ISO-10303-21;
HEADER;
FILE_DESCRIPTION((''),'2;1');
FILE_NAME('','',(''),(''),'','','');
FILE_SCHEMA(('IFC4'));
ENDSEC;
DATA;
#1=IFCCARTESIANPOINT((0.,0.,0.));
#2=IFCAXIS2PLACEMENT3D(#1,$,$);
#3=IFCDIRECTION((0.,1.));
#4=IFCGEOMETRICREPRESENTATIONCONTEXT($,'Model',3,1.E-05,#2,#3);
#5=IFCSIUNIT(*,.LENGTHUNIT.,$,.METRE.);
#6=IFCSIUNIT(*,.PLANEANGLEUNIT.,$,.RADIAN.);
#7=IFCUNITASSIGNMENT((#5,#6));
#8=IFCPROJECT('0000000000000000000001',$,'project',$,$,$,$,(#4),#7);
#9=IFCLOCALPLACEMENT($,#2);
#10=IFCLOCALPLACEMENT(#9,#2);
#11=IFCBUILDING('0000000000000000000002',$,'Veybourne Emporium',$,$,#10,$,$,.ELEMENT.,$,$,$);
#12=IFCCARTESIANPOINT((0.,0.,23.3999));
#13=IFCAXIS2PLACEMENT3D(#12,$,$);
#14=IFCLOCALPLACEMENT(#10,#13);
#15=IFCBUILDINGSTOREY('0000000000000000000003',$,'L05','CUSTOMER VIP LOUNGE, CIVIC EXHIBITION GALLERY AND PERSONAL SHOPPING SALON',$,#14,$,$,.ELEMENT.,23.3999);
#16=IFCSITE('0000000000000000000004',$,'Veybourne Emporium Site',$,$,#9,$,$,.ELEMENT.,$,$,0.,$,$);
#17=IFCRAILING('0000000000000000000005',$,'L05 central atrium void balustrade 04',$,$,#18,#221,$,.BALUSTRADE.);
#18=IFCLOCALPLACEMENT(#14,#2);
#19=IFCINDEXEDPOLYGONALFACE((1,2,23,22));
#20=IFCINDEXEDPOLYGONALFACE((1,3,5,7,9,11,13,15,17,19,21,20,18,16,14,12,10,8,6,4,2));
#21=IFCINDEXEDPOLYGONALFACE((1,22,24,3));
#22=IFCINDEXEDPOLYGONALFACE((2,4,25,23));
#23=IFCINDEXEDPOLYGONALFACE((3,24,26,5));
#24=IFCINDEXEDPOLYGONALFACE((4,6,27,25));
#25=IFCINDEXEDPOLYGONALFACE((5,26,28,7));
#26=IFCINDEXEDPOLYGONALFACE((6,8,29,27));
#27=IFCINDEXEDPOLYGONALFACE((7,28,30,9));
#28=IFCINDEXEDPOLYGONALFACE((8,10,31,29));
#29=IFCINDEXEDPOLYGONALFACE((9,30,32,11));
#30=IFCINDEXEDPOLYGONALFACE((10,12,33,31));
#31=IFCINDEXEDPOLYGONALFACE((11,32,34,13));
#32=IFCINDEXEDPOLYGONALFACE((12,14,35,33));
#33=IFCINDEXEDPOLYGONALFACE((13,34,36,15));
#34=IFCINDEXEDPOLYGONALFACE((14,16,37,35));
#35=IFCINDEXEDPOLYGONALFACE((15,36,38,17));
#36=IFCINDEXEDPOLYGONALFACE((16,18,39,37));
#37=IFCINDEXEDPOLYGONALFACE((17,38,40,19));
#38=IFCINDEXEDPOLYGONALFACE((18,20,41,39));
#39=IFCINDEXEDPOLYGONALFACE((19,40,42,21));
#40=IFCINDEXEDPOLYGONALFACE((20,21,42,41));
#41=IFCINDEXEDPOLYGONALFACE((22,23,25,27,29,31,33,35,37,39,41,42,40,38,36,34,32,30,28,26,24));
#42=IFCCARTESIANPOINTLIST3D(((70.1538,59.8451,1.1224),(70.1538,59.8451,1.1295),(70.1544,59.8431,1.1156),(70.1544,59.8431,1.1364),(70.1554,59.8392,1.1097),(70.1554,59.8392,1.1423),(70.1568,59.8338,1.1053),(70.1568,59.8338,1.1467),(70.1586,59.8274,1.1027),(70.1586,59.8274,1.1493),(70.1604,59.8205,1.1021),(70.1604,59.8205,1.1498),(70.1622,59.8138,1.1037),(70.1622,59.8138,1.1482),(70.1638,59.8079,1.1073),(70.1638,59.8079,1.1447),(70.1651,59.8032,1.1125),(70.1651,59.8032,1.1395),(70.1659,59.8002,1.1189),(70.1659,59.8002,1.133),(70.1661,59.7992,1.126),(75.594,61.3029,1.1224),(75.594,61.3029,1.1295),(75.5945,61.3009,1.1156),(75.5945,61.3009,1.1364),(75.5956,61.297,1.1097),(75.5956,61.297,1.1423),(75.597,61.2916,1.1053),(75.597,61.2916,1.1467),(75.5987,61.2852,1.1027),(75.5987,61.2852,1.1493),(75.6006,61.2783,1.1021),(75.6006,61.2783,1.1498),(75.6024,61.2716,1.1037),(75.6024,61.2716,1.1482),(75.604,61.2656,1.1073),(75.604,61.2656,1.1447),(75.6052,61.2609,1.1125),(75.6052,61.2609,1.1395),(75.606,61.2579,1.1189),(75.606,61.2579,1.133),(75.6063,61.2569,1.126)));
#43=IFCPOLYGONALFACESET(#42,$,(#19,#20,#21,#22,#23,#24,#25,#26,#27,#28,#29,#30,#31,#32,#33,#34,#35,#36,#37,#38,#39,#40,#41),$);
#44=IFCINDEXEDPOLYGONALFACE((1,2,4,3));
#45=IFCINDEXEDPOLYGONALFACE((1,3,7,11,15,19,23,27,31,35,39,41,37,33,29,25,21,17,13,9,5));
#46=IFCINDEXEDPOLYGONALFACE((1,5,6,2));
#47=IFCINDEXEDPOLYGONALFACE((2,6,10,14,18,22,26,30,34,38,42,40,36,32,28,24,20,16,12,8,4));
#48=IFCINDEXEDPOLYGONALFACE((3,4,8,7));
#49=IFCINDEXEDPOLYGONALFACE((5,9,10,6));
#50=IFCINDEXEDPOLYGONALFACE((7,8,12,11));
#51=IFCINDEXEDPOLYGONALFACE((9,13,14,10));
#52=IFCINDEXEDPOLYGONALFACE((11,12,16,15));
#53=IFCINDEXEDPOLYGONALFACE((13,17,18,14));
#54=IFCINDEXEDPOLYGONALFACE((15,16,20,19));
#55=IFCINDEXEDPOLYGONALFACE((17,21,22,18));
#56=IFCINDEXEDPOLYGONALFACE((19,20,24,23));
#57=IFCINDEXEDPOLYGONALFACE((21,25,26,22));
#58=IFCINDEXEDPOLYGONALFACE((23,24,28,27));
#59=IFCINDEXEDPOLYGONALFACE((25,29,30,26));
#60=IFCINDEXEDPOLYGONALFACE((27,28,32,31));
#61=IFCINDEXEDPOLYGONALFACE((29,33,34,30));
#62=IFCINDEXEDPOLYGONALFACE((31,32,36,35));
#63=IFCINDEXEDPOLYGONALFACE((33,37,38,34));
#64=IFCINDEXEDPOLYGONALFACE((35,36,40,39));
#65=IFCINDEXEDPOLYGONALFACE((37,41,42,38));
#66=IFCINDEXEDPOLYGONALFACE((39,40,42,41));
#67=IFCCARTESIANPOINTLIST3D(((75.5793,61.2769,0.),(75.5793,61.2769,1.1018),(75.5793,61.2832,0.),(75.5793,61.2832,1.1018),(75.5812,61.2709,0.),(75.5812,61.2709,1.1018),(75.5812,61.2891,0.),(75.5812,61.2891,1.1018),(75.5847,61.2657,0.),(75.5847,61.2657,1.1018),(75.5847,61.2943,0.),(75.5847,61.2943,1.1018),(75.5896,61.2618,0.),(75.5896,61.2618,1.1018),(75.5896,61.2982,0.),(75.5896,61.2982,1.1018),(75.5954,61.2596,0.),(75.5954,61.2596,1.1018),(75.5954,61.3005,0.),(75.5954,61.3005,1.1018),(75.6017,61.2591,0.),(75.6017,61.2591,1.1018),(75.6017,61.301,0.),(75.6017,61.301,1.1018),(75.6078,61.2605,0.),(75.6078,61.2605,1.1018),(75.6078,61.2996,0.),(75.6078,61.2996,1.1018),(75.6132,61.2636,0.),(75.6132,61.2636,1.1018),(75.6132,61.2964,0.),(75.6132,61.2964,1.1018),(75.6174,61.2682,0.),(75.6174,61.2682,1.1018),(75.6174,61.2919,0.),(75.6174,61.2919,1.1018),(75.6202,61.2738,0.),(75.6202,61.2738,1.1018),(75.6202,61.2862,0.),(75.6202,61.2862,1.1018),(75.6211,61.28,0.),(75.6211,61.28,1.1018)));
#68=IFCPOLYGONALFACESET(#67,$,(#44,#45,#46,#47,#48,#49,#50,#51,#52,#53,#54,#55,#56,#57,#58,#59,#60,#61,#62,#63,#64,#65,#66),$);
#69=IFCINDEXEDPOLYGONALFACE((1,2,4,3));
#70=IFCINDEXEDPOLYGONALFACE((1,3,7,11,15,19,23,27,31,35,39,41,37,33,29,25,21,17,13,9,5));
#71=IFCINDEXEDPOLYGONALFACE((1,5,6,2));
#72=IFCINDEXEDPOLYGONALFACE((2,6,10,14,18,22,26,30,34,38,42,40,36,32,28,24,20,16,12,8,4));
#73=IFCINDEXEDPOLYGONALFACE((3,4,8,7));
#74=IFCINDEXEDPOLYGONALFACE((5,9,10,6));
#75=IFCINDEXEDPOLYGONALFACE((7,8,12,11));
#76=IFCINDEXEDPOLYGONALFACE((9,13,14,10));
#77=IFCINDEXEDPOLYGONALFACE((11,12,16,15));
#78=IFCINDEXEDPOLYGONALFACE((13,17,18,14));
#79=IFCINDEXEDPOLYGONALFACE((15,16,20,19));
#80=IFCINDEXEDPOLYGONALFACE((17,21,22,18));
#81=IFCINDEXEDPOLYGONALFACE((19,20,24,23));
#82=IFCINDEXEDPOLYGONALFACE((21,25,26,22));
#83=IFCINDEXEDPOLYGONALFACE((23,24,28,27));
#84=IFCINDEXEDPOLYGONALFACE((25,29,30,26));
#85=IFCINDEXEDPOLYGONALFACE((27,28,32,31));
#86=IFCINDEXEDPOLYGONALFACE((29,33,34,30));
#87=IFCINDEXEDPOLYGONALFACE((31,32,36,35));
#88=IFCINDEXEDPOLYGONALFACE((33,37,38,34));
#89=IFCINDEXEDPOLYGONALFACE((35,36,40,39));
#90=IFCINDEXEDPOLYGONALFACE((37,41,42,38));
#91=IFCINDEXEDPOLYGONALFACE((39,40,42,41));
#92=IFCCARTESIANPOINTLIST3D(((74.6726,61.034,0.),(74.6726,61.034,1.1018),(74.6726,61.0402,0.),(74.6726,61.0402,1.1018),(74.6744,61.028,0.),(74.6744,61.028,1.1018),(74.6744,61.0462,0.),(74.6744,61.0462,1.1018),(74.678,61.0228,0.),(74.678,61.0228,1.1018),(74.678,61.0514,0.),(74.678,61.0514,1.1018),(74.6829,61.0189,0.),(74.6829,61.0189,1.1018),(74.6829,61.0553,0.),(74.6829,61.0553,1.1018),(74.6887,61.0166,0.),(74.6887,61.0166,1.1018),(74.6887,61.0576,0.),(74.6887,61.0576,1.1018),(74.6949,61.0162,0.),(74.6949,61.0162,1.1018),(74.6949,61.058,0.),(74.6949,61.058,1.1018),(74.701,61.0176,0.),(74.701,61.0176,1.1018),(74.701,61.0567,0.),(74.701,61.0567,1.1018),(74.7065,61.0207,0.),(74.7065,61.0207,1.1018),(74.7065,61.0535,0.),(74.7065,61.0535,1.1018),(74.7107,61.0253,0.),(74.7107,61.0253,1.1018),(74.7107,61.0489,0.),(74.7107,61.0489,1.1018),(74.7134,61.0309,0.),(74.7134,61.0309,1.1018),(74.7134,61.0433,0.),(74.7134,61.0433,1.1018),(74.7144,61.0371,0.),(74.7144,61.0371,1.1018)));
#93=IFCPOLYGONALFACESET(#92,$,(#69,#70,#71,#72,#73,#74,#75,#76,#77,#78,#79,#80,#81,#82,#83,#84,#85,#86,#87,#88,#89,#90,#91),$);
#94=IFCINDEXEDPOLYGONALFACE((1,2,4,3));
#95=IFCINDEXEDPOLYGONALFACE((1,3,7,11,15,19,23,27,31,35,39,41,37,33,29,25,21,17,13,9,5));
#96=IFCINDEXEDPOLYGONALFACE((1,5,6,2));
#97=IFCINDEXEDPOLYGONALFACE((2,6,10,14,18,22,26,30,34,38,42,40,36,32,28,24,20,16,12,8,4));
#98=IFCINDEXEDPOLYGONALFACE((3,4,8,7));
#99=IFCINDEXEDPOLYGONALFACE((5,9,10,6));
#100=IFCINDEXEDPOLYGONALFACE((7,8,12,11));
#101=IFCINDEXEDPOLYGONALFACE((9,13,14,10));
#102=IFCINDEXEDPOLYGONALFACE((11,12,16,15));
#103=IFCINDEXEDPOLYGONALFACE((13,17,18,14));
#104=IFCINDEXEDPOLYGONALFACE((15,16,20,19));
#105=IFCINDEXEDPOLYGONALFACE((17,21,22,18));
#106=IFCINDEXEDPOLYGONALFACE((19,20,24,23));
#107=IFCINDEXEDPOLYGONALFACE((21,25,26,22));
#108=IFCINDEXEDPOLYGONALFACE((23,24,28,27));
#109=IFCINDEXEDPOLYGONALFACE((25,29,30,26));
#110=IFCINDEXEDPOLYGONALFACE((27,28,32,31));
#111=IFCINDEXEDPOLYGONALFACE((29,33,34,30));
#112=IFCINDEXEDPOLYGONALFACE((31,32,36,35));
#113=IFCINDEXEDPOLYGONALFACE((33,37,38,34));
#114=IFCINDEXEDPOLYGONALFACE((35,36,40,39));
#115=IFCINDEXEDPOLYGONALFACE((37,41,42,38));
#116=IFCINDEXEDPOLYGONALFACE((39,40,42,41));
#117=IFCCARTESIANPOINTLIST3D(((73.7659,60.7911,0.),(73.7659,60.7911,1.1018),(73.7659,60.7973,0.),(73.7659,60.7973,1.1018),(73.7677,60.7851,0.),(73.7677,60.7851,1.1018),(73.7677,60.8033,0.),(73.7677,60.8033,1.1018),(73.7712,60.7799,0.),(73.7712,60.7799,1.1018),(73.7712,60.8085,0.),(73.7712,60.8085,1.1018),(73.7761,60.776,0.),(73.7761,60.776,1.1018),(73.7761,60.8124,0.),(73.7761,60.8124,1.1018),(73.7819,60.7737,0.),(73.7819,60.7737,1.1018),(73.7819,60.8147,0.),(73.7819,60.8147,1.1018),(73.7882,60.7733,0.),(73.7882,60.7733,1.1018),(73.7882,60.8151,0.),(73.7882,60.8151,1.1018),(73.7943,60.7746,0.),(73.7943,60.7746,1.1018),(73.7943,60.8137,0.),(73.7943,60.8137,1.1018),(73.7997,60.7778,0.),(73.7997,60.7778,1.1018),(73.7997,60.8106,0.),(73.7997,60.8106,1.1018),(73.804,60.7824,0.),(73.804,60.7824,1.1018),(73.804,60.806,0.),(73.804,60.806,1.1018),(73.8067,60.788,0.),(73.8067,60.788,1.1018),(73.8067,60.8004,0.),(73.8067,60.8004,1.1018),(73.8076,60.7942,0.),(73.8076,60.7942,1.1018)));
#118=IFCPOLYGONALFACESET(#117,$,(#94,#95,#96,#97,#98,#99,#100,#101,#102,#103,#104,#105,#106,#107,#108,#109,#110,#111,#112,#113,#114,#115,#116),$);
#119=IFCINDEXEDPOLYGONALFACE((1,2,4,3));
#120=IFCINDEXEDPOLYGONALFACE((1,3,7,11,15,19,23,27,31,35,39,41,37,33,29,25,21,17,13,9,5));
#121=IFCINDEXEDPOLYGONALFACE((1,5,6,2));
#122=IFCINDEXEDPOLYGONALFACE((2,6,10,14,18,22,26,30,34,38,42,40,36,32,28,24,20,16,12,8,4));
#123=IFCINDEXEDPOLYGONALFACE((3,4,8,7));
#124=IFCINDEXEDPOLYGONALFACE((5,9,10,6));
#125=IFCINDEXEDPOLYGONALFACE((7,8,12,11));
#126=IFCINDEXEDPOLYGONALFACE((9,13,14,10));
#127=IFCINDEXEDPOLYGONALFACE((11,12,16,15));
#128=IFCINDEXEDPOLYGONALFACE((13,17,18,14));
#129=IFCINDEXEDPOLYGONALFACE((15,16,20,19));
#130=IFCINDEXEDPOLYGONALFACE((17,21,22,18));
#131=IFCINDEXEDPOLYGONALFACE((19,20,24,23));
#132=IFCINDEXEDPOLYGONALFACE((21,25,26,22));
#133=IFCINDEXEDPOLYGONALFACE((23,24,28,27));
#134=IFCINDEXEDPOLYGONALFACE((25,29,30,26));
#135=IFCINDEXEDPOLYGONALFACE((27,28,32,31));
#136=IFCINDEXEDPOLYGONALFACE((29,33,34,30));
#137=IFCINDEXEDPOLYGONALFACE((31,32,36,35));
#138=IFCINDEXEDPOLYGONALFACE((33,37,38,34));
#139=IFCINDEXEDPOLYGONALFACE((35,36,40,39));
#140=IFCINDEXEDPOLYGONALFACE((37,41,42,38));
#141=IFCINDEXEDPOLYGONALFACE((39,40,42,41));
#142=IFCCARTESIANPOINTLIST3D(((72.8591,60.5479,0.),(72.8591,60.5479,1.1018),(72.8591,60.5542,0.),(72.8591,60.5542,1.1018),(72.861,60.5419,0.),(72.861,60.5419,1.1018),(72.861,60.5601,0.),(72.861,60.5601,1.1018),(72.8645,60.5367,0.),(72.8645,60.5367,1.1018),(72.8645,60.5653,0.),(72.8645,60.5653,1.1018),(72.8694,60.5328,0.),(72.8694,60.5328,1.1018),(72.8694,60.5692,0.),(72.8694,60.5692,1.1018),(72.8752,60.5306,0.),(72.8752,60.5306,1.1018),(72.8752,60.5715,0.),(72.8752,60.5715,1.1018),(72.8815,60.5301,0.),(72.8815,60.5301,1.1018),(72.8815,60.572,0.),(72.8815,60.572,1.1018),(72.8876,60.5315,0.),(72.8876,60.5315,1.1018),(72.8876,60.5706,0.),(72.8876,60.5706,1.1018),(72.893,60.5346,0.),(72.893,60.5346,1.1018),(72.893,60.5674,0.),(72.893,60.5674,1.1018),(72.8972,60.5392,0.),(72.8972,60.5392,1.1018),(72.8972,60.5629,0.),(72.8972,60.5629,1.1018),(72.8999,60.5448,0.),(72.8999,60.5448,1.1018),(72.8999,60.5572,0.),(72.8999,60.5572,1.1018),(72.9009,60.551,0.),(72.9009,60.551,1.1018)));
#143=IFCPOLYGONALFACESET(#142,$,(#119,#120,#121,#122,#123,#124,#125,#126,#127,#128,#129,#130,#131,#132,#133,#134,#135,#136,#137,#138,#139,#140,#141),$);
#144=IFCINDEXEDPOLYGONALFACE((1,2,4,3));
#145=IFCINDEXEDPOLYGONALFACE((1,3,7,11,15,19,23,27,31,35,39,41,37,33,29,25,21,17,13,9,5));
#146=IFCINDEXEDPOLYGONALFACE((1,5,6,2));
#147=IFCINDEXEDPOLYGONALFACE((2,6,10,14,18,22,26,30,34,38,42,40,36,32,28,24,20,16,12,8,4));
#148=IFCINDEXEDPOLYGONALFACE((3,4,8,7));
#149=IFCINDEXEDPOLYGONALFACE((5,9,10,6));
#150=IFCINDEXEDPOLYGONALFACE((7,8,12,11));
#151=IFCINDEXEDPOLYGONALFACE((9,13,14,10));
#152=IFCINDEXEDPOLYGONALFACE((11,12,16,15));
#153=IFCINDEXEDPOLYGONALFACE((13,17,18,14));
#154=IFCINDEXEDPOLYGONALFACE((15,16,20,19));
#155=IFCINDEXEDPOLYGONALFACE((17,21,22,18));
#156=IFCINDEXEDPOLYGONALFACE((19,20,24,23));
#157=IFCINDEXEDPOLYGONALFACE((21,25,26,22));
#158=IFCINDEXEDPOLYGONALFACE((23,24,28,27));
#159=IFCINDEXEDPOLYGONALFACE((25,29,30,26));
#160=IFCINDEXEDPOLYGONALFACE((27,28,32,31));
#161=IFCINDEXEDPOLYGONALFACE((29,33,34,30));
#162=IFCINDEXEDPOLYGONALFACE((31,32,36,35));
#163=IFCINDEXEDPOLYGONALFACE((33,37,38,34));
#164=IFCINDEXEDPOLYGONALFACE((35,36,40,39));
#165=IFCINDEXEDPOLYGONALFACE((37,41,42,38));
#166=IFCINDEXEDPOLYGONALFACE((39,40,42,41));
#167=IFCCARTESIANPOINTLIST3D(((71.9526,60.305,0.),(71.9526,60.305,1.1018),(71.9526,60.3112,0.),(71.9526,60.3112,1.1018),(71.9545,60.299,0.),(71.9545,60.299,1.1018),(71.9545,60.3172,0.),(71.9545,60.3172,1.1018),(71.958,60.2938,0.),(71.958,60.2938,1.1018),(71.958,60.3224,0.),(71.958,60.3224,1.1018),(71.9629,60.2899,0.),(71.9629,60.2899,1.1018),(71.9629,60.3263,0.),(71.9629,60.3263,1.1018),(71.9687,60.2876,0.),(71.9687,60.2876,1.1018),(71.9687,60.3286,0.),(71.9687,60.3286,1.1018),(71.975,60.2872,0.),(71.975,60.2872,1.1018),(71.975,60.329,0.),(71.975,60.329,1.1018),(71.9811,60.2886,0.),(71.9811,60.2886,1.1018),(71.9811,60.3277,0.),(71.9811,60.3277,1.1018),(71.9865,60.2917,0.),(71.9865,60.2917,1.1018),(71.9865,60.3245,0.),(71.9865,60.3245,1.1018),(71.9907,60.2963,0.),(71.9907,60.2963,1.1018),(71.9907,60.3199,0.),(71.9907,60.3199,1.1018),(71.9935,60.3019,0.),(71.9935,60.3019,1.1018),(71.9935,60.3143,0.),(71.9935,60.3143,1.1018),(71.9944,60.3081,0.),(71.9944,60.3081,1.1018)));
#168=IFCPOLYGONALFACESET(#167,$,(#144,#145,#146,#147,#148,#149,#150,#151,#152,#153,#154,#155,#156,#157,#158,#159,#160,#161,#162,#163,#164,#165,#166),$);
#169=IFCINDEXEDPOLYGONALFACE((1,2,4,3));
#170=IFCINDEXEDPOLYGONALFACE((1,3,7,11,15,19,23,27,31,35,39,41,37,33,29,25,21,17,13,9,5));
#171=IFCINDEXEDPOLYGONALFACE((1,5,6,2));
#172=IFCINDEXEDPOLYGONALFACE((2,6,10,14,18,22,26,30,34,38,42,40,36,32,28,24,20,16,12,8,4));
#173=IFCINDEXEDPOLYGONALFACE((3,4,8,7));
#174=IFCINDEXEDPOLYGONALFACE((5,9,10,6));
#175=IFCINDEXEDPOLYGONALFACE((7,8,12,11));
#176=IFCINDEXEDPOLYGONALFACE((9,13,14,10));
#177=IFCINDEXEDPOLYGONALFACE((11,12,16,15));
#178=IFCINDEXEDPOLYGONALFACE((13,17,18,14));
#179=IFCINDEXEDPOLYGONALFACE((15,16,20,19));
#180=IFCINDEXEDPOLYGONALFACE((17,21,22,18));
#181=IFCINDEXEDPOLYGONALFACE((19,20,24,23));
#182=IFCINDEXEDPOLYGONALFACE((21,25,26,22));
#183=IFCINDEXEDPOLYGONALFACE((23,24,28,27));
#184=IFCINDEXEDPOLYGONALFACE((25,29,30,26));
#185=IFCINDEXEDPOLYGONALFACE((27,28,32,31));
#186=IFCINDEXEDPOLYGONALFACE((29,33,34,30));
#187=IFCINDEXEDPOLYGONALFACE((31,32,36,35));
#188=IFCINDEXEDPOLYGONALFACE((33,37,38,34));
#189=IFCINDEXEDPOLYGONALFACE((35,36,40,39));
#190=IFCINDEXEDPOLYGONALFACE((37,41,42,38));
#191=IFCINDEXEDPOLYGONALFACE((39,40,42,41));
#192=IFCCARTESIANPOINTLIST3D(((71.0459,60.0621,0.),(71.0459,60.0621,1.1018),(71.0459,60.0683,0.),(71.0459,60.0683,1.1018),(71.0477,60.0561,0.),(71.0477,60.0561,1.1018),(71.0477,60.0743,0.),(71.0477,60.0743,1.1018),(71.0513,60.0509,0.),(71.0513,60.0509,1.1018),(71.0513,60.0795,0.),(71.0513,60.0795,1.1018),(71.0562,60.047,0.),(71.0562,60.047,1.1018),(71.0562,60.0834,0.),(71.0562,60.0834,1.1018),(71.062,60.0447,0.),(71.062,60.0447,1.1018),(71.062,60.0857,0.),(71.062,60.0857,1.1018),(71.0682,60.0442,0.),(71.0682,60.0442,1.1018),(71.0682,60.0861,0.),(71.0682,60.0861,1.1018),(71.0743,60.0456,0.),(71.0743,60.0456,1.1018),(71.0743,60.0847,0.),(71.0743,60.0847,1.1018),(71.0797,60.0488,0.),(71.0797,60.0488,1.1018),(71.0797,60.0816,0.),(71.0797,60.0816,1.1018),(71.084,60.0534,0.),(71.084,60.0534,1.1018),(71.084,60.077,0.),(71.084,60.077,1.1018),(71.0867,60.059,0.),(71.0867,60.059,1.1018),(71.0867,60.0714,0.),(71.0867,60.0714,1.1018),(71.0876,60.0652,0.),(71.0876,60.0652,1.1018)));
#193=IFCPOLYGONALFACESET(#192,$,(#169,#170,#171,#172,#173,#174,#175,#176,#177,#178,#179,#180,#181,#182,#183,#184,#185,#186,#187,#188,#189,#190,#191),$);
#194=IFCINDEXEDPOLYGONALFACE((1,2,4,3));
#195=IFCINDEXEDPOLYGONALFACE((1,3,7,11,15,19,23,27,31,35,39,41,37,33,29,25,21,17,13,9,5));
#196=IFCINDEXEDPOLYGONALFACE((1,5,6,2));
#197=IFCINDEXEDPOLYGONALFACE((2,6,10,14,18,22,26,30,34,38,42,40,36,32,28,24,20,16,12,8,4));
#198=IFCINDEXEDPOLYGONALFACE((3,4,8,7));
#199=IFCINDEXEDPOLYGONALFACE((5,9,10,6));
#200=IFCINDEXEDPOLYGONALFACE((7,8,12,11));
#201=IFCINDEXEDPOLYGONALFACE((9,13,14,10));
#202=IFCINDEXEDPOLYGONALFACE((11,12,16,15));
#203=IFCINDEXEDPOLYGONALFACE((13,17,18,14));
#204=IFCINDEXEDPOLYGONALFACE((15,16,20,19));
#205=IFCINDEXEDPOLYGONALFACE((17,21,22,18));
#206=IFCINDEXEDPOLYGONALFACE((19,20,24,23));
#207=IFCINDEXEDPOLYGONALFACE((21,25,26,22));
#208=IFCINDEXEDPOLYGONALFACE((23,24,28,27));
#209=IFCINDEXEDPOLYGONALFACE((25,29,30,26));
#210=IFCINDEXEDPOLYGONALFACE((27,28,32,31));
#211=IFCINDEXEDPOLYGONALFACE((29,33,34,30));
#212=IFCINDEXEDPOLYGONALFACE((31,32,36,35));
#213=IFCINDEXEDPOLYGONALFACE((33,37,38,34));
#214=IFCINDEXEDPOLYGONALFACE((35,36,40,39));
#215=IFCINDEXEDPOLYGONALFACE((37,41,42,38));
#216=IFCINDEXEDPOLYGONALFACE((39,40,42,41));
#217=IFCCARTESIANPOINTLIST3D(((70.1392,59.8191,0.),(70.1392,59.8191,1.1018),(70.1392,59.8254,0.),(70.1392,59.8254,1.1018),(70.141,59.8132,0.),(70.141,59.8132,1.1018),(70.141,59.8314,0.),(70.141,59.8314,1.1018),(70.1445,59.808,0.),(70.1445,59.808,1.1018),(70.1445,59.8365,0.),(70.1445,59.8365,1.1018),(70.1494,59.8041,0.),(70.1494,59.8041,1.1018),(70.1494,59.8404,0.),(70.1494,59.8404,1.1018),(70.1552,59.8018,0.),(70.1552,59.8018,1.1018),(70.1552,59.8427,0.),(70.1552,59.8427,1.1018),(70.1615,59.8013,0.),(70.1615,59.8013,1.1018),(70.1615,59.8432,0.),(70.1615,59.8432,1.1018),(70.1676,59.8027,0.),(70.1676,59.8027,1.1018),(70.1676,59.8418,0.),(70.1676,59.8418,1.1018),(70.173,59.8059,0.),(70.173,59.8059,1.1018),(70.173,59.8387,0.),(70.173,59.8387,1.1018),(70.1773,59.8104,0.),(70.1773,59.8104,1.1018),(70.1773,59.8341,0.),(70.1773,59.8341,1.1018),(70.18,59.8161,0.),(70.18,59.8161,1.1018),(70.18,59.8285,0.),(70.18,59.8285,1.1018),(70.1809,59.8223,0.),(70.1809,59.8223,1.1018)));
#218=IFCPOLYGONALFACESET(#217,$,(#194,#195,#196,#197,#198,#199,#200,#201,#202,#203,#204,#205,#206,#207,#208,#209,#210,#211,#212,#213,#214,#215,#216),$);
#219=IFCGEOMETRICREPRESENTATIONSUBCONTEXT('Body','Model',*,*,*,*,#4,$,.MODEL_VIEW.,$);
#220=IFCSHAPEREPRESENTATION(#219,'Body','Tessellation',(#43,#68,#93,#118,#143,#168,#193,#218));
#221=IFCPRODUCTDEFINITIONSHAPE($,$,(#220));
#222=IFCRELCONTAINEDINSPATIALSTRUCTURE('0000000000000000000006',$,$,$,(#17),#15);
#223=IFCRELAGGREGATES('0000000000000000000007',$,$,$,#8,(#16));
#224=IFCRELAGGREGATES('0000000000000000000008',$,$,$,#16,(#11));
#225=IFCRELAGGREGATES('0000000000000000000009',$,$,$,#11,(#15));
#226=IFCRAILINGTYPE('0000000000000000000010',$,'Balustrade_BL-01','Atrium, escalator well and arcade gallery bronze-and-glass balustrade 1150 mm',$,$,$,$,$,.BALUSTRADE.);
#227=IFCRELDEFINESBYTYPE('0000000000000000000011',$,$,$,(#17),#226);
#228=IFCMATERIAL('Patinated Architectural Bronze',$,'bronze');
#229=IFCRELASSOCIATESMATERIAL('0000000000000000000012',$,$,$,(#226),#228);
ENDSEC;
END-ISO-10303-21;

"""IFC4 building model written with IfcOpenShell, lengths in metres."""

from ifc_helpers import new_model, si_unit, direction, frame, origin, origin_2d, place, context, subcontext, project, spatial, circle, extrude, material, type_object, element, save


model = new_model("IFC4")

# Units and contexts
model_context = context("Model", 3, precision=1e-05, world=origin(), true_north=direction((0.0, 1.0)))
body_context = subcontext(model_context, "Body", "Model", "MODEL_VIEW")
ifc_project = project(units=[si_unit("LENGTHUNIT", "METRE"), si_unit("PLANEANGLEUNIT", "RADIAN")], contexts=[model_context])

# Site, building, storey
site_placement = place(None, origin())
site = spatial("IfcSite", under=ifc_project, at=site_placement, Name="Veybourne Emporium Site", CompositionType="ELEMENT", RefElevation=0.0)
building_placement = place(site_placement, origin())
building = spatial("IfcBuilding", under=site, at=building_placement, Name="Veybourne Emporium", CompositionType="ELEMENT")
storey_placement = place(building_placement, frame((0.0, 0.0, 23.3999)))
storey = spatial("IfcBuildingStorey", under=building, at=storey_placement, Name="L05", Description="CUSTOMER VIP LOUNGE, CIVIC EXHIBITION GALLERY AND PERSONAL SHOPPING SALON", CompositionType="ELEMENT", Elevation=23.3999)

# Shared definitions
ifc_material_1 = material(Name="Patinated Architectural Bronze", Category="bronze")

# Railing
railing_type = type_object("IfcRailingType", Name="Balustrade_BL-01", Description="Atrium, escalator well and arcade gallery bronze-and-glass balustrade 1150 mm", PredefinedType="BALUSTRADE", material=ifc_material_1)
railing_1_placement = place(storey_placement, frame((75.6001, 61.28, 0.0)))
element("IfcRailing", 1, at=railing_1_placement, inside=storey, type_object=railing_type, Name="L05 central atrium void balustrade 04", PredefinedType="BALUSTRADE", context=body_context, shape_type="SweptSolid", body=[
    extrude(circle(Radius=0.0239, at=origin_2d()), frame((0.0, 0.0, 1.126), z_axis=(-0.965923, -0.258831, 0.0), x_axis=(0.258831, -0.965923, 0.0)), (0.0, 0.0, 1.0), 5.6321),
    extrude(circle(Radius=0.021, at=origin_2d()), origin(), (0.0, 0.0, 1.0), 1.1018),
    extrude(circle(Radius=0.021, at=origin_2d()), frame((-0.9067, -0.2429, 0.0)), (0.0, 0.0, 1.0), 1.1018),
    extrude(circle(Radius=0.021, at=origin_2d()), frame((-1.8135, -0.4858, 0.0)), (0.0, 0.0, 1.0), 1.1018),
    extrude(circle(Radius=0.021, at=origin_2d()), frame((-2.7202, -0.729, 0.0)), (0.0, 0.0, 1.0), 1.1018),
    extrude(circle(Radius=0.021, at=origin_2d()), frame((-3.6267, -0.9719, 0.0)), (0.0, 0.0, 1.0), 1.1018),
    extrude(circle(Radius=0.021, at=origin_2d()), frame((-4.5334, -1.2148, 0.0)), (0.0, 0.0, 1.0), 1.1018),
    extrude(circle(Radius=0.021, at=origin_2d()), frame((-5.4402, -1.4578, 0.0)), (0.0, 0.0, 1.0), 1.1018),
])

save(model, "model.ifc")
